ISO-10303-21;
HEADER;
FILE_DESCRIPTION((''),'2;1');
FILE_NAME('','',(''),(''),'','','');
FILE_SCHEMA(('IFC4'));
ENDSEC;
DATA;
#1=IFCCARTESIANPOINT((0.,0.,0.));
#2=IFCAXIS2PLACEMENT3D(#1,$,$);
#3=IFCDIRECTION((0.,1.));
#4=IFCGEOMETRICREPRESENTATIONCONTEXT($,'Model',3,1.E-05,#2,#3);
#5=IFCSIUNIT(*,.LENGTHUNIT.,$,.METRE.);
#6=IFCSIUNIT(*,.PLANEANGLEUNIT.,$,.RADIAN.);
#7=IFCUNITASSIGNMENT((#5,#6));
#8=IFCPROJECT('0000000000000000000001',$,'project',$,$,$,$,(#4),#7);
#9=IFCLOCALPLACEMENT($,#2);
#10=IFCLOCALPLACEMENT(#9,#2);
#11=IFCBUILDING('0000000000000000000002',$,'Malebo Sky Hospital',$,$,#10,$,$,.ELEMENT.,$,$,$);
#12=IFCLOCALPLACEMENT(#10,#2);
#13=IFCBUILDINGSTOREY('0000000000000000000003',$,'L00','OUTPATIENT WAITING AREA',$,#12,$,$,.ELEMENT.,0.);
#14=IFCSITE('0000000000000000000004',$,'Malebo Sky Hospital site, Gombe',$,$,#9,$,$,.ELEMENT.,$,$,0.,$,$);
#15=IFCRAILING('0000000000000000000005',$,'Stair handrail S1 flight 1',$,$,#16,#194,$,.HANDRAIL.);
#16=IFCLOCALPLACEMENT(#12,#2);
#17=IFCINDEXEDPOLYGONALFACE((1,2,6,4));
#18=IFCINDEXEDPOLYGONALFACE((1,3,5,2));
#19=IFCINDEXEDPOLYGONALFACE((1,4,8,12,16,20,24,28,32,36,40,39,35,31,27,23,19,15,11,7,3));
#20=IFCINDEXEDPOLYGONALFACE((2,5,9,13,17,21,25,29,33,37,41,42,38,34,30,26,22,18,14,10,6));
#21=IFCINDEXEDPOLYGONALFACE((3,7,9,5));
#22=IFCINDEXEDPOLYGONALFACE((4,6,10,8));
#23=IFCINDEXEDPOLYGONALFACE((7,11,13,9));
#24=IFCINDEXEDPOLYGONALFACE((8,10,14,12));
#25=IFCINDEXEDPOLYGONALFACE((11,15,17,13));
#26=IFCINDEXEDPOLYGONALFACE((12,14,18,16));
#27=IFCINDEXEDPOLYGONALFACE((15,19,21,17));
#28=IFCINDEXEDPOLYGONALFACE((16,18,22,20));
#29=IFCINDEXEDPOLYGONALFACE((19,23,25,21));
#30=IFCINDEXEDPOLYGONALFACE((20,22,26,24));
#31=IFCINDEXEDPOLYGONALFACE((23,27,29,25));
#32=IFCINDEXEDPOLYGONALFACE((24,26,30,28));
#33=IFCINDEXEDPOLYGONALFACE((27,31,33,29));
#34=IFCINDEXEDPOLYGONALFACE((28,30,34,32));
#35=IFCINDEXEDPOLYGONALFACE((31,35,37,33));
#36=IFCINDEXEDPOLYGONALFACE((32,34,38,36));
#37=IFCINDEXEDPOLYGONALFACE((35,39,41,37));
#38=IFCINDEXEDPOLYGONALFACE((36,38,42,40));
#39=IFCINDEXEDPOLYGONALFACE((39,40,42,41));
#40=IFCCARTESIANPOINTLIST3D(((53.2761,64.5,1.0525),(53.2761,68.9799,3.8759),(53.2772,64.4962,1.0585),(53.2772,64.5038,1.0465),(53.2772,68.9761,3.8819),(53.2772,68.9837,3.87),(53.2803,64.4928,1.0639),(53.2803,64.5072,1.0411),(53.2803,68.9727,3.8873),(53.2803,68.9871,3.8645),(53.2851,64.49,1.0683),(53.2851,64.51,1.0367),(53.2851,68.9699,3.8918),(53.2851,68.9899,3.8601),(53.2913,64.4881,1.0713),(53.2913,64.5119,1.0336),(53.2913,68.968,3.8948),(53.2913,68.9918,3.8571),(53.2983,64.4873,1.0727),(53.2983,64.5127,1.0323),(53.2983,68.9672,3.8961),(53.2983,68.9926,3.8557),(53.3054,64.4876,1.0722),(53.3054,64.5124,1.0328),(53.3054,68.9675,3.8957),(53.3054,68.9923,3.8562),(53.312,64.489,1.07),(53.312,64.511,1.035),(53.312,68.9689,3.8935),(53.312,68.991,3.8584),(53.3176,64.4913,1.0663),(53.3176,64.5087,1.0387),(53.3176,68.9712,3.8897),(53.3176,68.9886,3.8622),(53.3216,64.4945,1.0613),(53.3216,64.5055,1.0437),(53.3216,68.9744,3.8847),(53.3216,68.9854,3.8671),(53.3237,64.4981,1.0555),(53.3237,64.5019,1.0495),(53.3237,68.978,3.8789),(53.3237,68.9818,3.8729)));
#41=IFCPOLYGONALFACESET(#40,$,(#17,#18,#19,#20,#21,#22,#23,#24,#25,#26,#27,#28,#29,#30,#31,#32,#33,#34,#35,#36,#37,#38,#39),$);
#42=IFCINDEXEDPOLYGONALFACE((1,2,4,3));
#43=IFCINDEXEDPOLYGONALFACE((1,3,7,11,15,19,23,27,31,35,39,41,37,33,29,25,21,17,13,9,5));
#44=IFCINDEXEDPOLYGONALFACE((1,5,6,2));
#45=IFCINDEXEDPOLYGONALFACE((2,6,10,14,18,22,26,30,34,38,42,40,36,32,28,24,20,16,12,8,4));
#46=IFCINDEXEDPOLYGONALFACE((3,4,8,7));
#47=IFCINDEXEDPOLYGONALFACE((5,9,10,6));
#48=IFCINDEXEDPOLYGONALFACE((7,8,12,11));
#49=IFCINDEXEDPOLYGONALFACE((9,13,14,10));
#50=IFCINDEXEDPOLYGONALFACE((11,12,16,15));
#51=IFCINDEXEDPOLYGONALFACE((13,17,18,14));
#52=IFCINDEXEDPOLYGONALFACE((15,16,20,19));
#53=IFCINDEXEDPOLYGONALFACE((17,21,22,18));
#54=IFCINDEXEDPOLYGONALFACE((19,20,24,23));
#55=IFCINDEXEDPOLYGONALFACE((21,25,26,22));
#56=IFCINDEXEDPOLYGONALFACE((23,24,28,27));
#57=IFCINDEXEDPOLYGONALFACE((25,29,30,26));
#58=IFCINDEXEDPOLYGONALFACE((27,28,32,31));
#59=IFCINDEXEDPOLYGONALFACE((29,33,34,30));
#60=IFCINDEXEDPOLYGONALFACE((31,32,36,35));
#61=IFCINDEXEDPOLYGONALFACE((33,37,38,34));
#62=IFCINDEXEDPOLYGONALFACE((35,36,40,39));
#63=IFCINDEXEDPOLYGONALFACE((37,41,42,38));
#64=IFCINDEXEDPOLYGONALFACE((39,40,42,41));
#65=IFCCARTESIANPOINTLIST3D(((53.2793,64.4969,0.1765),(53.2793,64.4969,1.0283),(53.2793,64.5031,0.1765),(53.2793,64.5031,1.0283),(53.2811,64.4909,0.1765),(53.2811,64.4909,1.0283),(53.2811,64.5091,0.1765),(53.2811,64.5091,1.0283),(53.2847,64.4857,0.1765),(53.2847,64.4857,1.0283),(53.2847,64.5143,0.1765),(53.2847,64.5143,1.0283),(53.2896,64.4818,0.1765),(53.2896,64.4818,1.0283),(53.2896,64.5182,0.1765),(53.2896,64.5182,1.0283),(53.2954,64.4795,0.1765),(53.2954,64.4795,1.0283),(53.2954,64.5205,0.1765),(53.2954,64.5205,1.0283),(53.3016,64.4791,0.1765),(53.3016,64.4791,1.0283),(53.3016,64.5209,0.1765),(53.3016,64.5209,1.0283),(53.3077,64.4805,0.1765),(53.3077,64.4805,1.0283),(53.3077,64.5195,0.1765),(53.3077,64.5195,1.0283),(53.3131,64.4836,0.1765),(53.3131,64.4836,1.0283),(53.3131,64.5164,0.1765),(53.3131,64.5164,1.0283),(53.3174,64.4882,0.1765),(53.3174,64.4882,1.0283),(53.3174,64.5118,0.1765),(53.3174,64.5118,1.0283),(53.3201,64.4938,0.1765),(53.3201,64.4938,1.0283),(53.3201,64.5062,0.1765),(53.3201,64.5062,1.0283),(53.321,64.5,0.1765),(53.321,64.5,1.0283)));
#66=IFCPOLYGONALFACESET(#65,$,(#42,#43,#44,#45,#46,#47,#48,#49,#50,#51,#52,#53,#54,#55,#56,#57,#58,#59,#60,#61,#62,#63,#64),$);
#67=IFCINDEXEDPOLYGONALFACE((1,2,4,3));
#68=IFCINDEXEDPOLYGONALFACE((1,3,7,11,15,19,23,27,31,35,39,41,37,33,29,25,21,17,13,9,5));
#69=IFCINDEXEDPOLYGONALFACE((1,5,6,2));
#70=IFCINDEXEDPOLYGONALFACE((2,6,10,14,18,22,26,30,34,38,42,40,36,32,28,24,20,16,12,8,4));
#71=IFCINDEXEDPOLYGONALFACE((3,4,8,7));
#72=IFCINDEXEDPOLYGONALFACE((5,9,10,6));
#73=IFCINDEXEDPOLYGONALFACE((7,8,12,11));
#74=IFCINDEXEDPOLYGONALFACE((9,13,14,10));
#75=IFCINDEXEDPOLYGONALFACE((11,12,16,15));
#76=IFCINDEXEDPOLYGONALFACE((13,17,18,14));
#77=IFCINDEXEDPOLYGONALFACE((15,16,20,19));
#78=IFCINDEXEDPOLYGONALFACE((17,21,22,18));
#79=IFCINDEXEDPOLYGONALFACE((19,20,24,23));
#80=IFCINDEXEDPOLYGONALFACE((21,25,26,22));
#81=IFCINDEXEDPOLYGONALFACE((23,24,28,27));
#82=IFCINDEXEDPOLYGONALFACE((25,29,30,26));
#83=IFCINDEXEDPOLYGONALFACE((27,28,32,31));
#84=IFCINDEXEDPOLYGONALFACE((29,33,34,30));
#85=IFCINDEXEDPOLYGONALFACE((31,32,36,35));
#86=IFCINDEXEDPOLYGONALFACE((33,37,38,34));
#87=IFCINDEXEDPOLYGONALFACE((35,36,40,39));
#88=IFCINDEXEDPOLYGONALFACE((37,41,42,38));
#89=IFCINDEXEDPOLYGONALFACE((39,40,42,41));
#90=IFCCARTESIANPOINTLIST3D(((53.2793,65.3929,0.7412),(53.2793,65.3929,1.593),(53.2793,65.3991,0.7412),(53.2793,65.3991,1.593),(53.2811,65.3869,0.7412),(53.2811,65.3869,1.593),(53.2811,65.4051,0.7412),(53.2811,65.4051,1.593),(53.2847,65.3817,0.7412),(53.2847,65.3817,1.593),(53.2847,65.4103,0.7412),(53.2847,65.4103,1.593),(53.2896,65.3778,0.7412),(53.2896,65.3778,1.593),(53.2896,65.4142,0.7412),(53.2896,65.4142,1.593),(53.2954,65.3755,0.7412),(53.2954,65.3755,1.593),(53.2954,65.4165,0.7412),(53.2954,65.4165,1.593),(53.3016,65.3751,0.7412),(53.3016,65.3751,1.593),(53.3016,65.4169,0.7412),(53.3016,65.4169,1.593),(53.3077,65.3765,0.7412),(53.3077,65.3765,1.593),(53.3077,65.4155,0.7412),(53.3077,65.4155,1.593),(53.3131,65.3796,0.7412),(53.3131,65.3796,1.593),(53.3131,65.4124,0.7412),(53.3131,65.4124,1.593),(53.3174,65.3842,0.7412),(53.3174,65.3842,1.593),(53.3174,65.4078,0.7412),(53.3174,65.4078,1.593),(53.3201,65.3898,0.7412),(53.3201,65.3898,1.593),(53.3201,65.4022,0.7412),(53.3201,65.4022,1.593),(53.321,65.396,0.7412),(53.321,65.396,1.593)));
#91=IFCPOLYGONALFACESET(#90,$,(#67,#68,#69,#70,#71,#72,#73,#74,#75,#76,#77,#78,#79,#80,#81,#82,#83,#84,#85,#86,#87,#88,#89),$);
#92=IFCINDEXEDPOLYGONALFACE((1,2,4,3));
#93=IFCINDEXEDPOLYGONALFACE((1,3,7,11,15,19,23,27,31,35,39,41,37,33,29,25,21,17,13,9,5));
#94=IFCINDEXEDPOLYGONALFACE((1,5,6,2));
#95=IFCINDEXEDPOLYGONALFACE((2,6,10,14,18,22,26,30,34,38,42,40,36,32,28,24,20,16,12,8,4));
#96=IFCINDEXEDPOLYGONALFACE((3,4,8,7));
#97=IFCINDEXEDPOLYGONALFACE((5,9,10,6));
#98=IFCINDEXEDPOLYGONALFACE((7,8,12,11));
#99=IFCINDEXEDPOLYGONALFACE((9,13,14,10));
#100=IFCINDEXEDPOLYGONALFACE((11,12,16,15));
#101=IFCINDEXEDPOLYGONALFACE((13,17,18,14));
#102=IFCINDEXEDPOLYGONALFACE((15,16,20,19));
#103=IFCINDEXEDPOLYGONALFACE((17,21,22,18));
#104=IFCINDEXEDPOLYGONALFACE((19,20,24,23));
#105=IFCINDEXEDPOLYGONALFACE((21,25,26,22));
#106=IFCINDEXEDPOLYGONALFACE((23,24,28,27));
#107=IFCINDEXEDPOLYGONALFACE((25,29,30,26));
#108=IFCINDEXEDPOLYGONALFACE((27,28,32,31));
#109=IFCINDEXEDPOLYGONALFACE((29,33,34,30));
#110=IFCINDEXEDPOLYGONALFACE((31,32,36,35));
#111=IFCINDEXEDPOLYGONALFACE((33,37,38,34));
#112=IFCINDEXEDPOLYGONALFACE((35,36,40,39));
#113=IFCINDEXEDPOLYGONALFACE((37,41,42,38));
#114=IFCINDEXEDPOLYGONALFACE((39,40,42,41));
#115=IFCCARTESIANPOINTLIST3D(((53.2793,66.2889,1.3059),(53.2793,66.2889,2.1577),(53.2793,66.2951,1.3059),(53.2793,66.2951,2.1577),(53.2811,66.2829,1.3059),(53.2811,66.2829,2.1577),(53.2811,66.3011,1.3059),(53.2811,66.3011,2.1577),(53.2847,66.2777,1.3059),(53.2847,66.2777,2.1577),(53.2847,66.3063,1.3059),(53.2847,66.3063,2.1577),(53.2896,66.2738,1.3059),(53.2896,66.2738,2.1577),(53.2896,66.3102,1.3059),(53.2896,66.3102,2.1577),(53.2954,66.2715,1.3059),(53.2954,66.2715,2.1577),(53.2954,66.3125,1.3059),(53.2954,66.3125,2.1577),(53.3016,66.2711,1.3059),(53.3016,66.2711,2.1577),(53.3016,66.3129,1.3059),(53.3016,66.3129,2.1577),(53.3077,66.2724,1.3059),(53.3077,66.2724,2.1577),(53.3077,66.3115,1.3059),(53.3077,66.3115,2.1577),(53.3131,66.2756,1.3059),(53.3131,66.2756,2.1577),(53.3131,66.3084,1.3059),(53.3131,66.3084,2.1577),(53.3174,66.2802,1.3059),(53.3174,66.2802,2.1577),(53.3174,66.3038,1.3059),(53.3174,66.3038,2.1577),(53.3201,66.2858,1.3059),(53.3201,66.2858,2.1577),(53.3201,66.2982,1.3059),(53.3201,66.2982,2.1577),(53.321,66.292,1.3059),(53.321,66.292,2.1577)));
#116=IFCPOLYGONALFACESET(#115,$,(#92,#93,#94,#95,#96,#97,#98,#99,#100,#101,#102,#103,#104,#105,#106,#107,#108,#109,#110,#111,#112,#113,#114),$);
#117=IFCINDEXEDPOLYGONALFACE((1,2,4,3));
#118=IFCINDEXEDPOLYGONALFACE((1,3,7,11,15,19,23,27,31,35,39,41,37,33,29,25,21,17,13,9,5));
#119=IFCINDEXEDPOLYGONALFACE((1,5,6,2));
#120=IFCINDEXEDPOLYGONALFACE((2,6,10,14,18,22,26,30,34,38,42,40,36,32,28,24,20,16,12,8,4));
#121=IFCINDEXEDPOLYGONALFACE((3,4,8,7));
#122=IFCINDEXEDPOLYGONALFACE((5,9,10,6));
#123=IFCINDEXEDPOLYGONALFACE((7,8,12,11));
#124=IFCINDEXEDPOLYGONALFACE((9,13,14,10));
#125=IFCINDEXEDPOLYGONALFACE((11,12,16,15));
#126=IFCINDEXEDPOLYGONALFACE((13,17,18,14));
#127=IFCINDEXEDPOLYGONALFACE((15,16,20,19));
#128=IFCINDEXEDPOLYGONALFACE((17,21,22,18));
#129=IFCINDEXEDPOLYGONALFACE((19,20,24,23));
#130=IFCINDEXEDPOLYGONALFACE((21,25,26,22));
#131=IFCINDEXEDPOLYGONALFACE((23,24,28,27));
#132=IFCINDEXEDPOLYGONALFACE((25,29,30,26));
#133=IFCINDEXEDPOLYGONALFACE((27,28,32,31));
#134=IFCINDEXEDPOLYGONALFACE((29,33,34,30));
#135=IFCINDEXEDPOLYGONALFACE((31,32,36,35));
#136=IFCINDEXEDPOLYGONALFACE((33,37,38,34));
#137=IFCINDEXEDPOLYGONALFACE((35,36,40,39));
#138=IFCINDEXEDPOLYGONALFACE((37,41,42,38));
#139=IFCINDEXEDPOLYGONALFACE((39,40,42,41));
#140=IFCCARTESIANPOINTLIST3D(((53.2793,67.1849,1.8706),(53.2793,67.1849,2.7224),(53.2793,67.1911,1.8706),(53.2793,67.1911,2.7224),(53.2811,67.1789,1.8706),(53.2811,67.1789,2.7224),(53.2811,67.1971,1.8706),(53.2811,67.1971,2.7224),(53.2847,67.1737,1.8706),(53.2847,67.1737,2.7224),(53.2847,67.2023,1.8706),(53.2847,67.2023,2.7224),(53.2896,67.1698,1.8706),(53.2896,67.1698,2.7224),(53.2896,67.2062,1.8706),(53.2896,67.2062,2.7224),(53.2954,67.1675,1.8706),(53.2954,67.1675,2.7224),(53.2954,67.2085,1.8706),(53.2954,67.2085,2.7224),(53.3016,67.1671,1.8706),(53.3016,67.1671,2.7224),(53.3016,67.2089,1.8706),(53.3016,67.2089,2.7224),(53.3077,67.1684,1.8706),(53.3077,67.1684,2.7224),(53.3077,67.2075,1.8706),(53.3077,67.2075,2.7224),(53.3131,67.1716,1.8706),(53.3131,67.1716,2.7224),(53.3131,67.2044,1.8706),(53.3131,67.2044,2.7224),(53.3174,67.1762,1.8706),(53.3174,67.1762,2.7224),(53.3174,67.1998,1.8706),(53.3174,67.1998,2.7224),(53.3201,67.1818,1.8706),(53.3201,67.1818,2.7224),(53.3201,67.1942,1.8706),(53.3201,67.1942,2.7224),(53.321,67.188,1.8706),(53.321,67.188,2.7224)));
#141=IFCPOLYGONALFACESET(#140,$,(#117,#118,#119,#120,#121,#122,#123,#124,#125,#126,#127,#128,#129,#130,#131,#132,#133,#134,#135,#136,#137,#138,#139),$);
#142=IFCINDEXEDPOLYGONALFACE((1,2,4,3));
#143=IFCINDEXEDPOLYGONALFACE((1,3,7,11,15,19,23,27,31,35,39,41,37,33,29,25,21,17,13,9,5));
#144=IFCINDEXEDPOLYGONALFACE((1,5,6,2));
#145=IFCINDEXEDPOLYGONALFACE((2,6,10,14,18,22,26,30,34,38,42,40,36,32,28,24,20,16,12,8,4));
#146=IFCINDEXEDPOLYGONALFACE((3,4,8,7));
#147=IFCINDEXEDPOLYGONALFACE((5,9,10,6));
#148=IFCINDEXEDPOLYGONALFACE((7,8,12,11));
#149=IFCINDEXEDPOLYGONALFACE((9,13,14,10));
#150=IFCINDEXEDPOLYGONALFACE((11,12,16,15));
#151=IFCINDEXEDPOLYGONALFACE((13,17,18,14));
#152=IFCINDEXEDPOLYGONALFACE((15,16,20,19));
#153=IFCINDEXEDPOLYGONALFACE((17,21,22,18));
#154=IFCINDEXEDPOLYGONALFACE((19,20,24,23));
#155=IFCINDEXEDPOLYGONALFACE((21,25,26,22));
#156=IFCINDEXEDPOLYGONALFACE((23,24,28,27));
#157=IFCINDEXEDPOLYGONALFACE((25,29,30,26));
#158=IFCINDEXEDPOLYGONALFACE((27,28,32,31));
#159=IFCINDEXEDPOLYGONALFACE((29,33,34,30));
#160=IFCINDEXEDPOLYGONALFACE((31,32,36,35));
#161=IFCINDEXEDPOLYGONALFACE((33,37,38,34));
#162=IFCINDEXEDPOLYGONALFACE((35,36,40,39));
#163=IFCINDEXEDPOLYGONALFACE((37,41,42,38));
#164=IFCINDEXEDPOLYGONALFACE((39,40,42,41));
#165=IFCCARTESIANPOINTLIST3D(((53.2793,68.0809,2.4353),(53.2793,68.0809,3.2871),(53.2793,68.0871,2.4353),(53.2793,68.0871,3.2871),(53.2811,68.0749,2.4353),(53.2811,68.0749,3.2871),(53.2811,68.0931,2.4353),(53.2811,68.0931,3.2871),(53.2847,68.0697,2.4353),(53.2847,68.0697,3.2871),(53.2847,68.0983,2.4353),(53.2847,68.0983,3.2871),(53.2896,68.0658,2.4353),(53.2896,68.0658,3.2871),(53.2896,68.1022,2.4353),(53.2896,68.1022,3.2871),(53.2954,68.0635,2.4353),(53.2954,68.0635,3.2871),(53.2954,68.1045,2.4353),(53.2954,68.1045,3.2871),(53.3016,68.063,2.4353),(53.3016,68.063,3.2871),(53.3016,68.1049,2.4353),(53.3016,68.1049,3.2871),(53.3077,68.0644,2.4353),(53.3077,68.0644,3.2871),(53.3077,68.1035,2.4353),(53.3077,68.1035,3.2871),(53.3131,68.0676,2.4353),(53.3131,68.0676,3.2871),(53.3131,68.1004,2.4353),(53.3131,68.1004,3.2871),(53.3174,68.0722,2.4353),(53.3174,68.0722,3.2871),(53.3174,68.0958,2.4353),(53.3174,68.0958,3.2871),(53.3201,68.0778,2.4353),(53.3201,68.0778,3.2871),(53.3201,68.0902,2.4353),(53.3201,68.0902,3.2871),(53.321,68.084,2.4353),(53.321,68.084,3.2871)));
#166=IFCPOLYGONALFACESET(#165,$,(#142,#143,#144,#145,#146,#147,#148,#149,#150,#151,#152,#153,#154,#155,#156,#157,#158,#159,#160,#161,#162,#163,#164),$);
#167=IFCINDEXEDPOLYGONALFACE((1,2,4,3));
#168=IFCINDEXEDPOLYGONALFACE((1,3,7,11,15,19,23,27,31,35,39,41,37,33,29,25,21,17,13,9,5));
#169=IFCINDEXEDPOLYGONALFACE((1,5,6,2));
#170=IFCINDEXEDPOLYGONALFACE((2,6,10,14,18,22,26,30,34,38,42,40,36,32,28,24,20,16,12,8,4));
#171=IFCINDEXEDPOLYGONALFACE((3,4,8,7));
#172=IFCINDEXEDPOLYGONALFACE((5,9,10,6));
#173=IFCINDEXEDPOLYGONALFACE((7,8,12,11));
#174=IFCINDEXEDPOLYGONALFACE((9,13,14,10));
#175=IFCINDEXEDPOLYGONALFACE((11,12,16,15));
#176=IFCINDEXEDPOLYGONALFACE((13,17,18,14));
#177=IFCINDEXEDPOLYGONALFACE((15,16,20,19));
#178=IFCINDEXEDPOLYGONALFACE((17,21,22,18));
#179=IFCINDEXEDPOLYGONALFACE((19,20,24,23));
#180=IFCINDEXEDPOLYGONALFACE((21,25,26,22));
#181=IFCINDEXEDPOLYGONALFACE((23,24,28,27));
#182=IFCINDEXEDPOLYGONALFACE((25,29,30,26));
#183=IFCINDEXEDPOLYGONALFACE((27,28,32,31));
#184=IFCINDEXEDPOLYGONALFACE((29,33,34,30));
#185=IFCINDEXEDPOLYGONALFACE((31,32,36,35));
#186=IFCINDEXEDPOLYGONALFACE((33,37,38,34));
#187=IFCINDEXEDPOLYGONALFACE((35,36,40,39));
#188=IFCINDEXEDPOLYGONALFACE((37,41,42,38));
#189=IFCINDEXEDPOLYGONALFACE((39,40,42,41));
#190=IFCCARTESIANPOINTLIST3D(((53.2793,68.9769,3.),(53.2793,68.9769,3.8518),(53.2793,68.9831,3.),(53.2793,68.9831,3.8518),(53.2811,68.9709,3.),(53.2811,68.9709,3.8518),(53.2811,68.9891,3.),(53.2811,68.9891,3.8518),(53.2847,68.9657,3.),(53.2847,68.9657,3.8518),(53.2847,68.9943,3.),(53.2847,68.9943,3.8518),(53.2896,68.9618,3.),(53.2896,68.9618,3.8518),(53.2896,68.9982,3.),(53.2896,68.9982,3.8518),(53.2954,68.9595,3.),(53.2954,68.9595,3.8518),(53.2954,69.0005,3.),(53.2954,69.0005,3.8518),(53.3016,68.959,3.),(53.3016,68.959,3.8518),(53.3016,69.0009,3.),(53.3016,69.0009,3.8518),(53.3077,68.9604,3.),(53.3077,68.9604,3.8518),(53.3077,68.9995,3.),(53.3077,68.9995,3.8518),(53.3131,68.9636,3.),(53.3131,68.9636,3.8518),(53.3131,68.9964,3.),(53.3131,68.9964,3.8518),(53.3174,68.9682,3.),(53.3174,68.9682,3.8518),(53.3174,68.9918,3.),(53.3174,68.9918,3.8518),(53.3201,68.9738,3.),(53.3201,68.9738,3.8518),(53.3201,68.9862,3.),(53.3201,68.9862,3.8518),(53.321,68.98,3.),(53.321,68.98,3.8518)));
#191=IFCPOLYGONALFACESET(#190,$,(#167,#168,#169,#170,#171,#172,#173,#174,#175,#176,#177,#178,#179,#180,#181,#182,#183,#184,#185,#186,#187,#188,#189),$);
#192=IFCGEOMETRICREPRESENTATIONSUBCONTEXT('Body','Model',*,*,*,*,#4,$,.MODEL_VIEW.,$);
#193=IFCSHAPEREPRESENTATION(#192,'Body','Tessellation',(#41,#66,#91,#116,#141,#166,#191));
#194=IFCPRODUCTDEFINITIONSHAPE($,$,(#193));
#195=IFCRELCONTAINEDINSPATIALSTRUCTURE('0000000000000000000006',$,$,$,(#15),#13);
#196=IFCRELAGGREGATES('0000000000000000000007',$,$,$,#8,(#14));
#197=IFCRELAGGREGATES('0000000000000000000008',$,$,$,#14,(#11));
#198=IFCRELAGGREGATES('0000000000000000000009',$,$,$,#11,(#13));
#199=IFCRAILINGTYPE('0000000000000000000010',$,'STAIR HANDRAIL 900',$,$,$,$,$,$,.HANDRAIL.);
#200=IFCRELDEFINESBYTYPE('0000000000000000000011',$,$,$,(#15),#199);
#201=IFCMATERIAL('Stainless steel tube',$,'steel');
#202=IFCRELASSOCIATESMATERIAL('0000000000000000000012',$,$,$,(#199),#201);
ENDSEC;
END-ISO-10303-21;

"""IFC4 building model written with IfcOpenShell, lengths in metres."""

from ifc_helpers import new_model, si_unit, direction, frame, origin, origin_2d, place, context, subcontext, project, spatial, circle, extrude, material, type_object, element, save


model = new_model("IFC4")

# Units and contexts
model_context = context("Model", 3, precision=1e-05, world=origin(), true_north=direction((0.0, 1.0)))
body_context = subcontext(model_context, "Body", "Model", "MODEL_VIEW")
ifc_project = project(units=[si_unit("LENGTHUNIT", "METRE"), si_unit("PLANEANGLEUNIT", "RADIAN")], contexts=[model_context])

# Site, building, storey
site_placement = place(None, origin())
site = spatial("IfcSite", under=ifc_project, at=site_placement, Name="Malebo Sky Hospital site, Gombe", CompositionType="ELEMENT", RefElevation=0.0)
building_placement = place(site_placement, origin())
building = spatial("IfcBuilding", under=site, at=building_placement, Name="Malebo Sky Hospital", CompositionType="ELEMENT")
storey_placement = place(building_placement, origin())
storey = spatial("IfcBuildingStorey", under=building, at=storey_placement, Name="L00", Description="OUTPATIENT WAITING AREA", CompositionType="ELEMENT", Elevation=0.0)

# Railing
ifc_material_1 = material(Name="Stainless steel tube", Category="steel")
railing_type = type_object("IfcRailingType", Name="STAIR HANDRAIL 900", PredefinedType="HANDRAIL", material=ifc_material_1)
railing_1_placement = place(storey_placement, frame((53.3, 64.5, 0.1765)))
element("IfcRailing", 1, at=railing_1_placement, inside=storey, type_object=railing_type, Name="Stair handrail S1 flight 1", PredefinedType="HANDRAIL", context=body_context, shape_type="SweptSolid", body=[
    extrude(circle(Radius=0.0239, at=origin_2d()), frame((0.0, 0.0, 0.876), z_axis=(0.0, 0.845998, 0.533186), x_axis=(-1.0, 0.0, 0.0)), (0.0, 0.0, 1.0), 5.2954),
    extrude(circle(Radius=0.021, at=origin_2d()), origin(), (0.0, 0.0, 1.0), 0.8518),
    extrude(circle(Radius=0.021, at=origin_2d()), frame((0.0, 0.896, 0.5647)), (0.0, 0.0, 1.0), 0.8518),
    extrude(circle(Radius=0.021, at=origin_2d()), frame((0.0, 1.792, 1.1294)), (0.0, 0.0, 1.0), 0.8518),
    extrude(circle(Radius=0.021, at=origin_2d()), frame((0.0, 2.688, 1.6941)), (0.0, 0.0, 1.0), 0.8518),
    extrude(circle(Radius=0.021, at=origin_2d()), frame((0.0, 3.584, 2.2588)), (0.0, 0.0, 1.0), 0.8518),
    extrude(circle(Radius=0.021, at=origin_2d()), frame((0.0, 4.48, 2.8235)), (0.0, 0.0, 1.0), 0.8518),
])

save(model, "model.ifc")
